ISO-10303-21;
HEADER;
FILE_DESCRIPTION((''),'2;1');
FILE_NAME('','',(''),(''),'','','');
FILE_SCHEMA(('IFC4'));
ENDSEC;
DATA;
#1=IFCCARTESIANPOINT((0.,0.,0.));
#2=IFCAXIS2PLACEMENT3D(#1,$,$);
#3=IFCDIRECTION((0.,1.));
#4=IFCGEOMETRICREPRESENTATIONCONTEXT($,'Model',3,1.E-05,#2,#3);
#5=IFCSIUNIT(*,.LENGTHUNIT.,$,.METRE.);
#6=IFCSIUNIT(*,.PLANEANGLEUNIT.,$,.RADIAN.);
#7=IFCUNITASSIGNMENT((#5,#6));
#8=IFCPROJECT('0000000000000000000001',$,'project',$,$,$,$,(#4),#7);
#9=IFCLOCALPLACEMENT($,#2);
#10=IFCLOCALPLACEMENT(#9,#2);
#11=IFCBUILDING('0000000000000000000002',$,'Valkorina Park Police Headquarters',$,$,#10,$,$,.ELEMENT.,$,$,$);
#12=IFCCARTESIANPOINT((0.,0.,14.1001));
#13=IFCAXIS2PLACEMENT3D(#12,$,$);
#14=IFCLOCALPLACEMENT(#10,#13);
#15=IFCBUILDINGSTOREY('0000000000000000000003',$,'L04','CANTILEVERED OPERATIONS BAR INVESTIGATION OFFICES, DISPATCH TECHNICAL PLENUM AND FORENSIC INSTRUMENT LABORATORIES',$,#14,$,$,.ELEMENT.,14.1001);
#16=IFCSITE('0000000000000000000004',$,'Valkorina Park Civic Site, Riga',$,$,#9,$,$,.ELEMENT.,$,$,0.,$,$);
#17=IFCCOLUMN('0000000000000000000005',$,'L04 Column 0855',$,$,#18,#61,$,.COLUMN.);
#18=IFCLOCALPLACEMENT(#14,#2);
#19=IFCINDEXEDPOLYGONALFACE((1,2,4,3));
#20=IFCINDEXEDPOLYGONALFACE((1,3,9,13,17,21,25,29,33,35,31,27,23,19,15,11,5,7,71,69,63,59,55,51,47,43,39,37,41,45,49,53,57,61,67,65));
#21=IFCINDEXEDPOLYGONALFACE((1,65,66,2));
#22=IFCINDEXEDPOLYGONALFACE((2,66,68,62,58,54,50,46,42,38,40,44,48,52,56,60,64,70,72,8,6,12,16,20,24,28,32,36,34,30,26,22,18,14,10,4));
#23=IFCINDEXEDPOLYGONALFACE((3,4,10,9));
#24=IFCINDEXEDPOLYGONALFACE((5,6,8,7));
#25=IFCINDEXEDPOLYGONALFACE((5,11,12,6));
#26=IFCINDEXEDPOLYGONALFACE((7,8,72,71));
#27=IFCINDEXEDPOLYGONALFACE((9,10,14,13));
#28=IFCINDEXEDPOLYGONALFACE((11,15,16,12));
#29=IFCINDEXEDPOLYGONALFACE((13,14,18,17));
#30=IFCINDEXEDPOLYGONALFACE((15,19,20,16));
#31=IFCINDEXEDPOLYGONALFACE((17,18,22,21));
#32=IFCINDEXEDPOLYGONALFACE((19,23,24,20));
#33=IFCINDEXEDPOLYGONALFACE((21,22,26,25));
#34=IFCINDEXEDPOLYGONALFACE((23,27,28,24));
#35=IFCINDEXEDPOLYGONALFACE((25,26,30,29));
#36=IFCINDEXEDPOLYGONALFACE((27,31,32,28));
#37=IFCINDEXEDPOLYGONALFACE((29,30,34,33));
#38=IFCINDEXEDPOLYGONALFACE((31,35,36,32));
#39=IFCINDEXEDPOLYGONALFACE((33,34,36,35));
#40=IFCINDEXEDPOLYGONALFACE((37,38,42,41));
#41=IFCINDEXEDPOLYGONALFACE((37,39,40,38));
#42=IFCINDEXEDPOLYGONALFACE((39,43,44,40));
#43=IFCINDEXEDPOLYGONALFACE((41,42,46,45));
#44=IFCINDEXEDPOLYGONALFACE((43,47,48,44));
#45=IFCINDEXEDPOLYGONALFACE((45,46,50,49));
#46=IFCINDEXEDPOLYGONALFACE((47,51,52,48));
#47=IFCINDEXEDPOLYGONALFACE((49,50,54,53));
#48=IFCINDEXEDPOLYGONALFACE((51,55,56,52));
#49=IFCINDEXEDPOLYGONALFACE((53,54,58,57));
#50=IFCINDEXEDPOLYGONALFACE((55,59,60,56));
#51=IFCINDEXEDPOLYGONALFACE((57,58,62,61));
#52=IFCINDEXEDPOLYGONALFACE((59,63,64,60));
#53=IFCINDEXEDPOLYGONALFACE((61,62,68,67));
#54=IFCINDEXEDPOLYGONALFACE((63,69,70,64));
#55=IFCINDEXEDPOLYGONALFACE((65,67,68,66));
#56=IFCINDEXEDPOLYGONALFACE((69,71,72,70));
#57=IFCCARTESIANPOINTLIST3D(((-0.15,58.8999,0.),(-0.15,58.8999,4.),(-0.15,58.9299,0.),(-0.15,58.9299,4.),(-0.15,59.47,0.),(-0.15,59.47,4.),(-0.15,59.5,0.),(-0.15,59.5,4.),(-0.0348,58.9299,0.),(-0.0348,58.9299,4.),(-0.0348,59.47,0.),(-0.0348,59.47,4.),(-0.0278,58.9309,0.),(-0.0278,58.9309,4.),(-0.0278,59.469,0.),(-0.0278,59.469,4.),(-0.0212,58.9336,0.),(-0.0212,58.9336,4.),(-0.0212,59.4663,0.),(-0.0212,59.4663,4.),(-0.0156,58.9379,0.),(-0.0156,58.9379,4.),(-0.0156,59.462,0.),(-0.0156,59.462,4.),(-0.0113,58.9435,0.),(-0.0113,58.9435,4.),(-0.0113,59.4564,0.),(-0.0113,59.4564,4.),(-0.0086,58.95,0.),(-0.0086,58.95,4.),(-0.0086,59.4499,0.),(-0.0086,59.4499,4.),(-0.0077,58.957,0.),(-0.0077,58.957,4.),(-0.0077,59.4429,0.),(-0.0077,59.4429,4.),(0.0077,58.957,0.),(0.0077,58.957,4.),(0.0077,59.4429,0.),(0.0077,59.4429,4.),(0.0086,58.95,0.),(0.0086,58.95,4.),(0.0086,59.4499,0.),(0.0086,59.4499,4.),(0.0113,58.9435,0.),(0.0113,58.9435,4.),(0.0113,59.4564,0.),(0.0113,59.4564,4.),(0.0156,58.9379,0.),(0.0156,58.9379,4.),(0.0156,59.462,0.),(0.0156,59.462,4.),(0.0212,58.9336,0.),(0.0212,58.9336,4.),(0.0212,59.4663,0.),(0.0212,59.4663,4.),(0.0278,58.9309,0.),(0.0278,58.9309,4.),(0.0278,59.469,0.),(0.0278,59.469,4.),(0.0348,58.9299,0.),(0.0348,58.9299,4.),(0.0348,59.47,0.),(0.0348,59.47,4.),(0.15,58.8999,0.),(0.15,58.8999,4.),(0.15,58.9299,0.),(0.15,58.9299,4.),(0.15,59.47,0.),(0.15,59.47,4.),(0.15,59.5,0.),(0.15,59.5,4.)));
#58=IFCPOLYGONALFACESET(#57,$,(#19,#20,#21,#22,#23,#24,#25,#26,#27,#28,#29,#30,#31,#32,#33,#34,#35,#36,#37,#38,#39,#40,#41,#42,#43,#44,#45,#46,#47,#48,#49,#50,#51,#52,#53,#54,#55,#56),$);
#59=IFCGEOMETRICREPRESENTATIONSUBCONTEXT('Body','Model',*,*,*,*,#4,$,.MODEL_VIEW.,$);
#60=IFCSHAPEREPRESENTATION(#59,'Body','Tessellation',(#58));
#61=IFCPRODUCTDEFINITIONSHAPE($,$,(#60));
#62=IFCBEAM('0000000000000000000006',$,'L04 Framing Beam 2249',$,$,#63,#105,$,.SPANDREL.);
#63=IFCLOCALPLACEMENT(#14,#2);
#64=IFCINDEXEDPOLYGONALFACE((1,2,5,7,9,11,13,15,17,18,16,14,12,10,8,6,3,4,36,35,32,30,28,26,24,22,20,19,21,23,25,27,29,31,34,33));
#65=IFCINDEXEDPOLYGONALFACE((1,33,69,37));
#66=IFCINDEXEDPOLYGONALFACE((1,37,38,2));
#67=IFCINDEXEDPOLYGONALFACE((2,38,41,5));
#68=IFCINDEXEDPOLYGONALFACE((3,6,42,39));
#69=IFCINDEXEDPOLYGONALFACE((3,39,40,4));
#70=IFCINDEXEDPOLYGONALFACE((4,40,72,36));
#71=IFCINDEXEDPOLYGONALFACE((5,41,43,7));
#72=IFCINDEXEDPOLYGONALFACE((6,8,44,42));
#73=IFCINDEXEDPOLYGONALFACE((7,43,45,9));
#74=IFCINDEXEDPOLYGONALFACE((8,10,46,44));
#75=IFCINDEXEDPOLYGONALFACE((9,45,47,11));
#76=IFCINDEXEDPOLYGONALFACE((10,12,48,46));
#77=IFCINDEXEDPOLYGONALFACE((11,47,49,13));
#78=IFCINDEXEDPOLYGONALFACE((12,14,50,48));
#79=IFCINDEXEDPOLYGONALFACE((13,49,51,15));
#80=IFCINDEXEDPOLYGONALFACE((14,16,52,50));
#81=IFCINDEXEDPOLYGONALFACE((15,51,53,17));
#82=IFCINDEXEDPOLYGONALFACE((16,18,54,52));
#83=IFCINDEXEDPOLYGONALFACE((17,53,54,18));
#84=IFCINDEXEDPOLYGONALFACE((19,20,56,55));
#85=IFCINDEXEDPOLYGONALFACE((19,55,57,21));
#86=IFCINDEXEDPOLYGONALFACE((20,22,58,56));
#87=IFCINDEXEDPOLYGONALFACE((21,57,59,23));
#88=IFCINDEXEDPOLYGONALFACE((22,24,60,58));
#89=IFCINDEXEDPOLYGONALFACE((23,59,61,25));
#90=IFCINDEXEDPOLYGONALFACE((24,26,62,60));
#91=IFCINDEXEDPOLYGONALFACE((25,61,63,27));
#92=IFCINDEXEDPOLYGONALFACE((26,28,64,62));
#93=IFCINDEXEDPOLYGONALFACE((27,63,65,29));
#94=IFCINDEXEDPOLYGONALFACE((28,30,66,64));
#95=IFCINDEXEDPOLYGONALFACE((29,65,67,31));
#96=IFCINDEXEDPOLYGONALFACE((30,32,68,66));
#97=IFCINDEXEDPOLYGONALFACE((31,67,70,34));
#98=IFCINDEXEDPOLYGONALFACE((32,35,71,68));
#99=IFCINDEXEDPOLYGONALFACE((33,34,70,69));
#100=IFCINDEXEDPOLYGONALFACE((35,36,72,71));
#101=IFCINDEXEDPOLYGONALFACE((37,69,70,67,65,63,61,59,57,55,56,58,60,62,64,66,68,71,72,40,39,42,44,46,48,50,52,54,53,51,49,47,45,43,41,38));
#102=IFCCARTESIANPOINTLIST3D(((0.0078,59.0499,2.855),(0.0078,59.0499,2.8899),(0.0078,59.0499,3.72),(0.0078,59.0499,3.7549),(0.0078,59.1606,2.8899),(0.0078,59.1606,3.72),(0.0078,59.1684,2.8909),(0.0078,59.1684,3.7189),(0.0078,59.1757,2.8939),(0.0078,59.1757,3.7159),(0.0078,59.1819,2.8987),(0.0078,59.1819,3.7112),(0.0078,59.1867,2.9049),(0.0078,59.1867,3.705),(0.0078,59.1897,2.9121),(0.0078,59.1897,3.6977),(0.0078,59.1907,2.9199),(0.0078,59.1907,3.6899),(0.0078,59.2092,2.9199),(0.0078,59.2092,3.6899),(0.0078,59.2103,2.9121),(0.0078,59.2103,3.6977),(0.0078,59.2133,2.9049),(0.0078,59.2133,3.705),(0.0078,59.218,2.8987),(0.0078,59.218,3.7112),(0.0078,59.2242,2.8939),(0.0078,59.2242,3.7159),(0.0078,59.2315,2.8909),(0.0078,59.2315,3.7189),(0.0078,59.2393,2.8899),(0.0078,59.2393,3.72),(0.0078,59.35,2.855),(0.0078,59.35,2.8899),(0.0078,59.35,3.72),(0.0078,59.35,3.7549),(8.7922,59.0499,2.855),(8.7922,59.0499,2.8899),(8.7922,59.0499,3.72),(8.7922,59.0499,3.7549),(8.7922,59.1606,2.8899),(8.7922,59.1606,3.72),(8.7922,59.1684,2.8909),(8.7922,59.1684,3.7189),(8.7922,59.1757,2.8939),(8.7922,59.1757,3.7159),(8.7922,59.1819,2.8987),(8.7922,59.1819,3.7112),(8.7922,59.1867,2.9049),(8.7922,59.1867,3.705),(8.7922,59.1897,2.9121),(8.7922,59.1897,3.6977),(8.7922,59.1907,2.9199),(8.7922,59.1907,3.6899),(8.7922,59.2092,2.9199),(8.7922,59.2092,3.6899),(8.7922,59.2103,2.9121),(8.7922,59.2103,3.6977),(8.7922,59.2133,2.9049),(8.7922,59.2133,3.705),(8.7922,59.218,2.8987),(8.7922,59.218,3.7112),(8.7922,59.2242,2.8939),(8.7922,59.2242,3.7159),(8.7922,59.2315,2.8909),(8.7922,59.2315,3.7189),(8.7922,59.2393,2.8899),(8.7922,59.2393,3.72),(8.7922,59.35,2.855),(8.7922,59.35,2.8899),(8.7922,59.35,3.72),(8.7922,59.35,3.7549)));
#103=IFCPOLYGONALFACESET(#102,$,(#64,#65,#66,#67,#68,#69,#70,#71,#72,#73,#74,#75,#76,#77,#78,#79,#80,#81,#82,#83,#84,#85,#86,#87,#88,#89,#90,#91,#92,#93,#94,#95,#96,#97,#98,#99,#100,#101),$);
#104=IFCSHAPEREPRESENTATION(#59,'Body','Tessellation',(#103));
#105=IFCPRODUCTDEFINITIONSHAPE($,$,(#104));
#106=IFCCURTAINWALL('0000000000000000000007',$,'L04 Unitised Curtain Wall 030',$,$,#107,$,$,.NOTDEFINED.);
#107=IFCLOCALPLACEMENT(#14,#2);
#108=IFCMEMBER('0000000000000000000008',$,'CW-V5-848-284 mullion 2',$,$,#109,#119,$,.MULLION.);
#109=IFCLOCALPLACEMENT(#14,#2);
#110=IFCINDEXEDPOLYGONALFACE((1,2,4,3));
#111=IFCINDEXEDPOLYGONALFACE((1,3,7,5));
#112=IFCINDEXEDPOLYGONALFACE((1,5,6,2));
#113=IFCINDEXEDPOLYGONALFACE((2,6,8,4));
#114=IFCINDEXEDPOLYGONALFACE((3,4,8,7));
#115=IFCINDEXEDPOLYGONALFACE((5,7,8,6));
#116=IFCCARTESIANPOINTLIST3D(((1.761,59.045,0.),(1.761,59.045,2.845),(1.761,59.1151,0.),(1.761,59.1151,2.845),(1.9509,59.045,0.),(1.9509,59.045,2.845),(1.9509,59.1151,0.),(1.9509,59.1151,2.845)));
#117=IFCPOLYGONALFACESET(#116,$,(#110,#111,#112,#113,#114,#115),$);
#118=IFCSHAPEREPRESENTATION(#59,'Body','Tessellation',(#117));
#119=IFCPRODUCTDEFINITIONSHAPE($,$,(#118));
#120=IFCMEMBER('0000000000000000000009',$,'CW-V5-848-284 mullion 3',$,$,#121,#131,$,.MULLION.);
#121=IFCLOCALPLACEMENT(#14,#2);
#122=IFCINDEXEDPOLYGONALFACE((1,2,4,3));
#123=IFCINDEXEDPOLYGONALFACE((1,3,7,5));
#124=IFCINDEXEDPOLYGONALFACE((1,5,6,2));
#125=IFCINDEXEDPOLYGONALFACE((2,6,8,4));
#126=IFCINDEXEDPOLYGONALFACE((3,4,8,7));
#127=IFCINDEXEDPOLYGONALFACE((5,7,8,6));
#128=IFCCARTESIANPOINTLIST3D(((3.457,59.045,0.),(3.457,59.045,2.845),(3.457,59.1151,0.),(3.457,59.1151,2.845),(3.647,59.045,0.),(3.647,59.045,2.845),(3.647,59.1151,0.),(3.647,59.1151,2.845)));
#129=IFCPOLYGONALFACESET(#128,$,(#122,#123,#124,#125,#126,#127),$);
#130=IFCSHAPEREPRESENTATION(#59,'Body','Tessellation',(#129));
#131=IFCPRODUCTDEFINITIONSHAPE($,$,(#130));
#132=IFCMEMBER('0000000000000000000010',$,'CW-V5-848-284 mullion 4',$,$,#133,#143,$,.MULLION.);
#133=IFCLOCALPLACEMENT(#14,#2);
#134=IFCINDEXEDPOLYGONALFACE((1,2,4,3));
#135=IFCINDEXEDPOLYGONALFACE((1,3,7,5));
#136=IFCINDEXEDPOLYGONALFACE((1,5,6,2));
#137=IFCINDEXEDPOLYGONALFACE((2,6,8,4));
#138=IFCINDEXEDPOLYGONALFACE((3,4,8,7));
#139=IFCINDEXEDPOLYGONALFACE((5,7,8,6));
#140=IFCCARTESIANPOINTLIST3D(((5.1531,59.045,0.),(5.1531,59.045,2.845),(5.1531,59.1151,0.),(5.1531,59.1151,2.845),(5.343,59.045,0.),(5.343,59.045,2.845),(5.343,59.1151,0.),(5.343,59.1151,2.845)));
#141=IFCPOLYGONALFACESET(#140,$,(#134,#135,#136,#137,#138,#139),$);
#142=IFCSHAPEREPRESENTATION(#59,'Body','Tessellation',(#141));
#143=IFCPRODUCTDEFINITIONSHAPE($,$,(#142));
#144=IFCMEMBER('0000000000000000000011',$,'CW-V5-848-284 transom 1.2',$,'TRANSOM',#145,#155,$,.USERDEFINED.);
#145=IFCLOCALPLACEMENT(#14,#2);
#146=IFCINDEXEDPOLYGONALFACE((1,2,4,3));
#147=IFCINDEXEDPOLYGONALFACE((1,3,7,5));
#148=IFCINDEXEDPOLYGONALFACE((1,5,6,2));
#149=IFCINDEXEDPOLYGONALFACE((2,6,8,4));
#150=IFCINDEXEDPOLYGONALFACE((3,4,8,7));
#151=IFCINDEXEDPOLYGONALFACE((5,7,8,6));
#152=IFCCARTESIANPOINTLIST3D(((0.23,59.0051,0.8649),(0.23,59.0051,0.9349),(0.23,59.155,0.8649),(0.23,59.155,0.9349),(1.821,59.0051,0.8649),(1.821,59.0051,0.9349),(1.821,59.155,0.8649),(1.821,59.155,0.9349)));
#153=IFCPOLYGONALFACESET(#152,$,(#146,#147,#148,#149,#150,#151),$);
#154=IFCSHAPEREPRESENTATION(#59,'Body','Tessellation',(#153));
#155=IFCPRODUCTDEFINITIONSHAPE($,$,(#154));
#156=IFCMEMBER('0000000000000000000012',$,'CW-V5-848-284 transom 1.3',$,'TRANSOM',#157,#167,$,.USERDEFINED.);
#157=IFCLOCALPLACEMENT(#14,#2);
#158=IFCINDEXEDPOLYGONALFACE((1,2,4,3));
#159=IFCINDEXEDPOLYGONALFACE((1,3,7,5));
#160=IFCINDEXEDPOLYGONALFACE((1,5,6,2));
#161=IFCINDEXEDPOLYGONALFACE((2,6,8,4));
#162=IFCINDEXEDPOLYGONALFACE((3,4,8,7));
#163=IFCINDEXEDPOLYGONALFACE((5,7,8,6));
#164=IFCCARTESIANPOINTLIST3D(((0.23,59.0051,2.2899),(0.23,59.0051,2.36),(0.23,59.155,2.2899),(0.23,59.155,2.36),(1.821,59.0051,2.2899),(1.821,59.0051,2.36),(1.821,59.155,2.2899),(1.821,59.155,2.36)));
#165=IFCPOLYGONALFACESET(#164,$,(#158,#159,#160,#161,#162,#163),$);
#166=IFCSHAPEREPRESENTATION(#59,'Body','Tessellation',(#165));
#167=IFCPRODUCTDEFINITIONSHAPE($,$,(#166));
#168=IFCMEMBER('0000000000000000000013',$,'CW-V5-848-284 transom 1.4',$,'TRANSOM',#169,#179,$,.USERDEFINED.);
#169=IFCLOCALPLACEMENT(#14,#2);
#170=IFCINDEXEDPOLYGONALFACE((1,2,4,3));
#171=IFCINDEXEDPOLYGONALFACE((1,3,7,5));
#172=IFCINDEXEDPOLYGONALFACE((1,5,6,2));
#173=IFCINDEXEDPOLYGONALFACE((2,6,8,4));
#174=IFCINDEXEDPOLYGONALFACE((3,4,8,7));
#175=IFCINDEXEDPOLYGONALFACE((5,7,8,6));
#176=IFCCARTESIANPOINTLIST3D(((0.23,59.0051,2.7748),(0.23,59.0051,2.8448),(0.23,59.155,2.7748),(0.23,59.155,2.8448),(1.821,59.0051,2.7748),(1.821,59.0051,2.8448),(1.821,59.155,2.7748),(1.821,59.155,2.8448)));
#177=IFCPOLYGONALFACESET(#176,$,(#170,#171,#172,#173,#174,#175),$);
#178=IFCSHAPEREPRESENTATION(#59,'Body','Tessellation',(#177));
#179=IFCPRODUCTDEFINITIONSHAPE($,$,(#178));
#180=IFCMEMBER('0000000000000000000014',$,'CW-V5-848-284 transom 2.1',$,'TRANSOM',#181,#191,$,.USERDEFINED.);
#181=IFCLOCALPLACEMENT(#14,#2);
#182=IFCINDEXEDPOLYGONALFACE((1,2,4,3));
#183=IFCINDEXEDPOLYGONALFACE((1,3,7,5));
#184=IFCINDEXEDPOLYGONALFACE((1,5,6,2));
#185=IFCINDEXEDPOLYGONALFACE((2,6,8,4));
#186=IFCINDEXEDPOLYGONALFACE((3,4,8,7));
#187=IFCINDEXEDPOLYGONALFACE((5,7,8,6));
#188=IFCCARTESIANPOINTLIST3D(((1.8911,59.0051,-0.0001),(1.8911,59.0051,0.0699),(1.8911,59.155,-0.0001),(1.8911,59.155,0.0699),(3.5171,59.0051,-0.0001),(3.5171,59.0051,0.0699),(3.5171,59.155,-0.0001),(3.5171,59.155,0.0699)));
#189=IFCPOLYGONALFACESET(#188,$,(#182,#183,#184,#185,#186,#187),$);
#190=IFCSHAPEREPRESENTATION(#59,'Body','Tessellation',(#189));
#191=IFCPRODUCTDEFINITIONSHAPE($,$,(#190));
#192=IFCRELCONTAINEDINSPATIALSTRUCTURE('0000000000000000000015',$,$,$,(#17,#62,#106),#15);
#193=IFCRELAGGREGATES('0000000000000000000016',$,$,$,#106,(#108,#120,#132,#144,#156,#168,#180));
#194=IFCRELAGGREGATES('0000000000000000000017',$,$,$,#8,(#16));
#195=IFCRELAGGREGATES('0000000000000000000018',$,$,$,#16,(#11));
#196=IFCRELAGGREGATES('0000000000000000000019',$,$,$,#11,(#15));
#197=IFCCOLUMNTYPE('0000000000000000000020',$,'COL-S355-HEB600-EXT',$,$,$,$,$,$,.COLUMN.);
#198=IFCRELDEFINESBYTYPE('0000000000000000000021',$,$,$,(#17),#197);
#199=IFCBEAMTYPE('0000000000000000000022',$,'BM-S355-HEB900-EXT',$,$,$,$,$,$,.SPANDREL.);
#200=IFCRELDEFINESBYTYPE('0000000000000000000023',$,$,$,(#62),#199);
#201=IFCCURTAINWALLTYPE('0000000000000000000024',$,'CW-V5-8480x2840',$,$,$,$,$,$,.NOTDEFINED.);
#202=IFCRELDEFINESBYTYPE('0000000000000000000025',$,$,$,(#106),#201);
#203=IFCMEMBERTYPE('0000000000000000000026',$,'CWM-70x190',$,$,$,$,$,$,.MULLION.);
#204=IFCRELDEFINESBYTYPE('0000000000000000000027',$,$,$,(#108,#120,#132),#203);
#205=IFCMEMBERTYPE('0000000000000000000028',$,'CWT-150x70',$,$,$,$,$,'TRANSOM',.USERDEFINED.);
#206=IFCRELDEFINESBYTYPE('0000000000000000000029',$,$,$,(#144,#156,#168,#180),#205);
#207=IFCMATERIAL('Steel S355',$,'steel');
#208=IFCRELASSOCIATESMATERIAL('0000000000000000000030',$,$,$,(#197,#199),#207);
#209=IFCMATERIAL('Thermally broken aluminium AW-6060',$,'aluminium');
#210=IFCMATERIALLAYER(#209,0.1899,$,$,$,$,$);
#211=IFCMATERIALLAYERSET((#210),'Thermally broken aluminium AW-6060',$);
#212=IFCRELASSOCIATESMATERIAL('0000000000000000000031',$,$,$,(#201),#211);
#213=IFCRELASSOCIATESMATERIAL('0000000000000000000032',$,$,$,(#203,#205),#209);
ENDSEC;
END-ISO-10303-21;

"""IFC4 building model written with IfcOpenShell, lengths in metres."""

from ifc_helpers import new_model, si_unit, direction, frame, origin, origin_2d, place, context, subcontext, project, spatial, rectangle, i_section, extrude, material, layer, layer_set, material_profile, profile_set, type_object, element, aggregate, save


model = new_model("IFC4")

# Units and contexts
model_context = context("Model", 3, precision=1e-05, world=origin(), true_north=direction((0.0, 1.0)))
body_context = subcontext(model_context, "Body", "Model", "MODEL_VIEW")
ifc_project = project(units=[si_unit("LENGTHUNIT", "METRE"), si_unit("PLANEANGLEUNIT", "RADIAN")], contexts=[model_context])

# Site, building, storey
site_placement = place(None, origin())
site = spatial("IfcSite", under=ifc_project, at=site_placement, Name="Valkorina Park Civic Site, Riga", CompositionType="ELEMENT", RefElevation=0.0)
building_placement = place(site_placement, origin())
building = spatial("IfcBuilding", under=site, at=building_placement, Name="Valkorina Park Police Headquarters", CompositionType="ELEMENT")
storey_placement = place(building_placement, frame((0.0, 0.0, 14.1001)))
storey = spatial("IfcBuildingStorey", under=building, at=storey_placement, Name="L04", Description="CANTILEVERED OPERATIONS BAR INVESTIGATION OFFICES, DISPATCH TECHNICAL PLENUM AND FORENSIC INSTRUMENT LABORATORIES", CompositionType="ELEMENT", Elevation=14.1001)

# Column
ifc_material_1 = material(Name="Steel S355", Category="steel")
ifc_material_profile_1 = material_profile(ifc_material_1, i_section(OverallWidth=0.3, OverallDepth=0.6001, WebThickness=0.0154, FlangeThickness=0.03, FilletRadius=0.0271, at=origin_2d()), Name="HEB 600")
ifc_profile_set_1 = profile_set([ifc_material_profile_1], Name="Steel S355")
column_type = type_object("IfcColumnType", Name="COL-S355-HEB600-EXT", PredefinedType="COLUMN", material=ifc_profile_set_1)
column_placement = place(storey_placement, frame((0.0, 59.2, 0.0), z_axis=(0.0, 0.0, 1.0), x_axis=(1.0, 0.0, 0.0)))
element("IfcColumn", 1, at=column_placement, inside=storey, type_object=column_type, Name="L04 Column 0855", PredefinedType="COLUMN", context=body_context, shape_type="SweptSolid", body=[
    extrude(i_section(OverallWidth=0.3, OverallDepth=0.6001, WebThickness=0.0154, FlangeThickness=0.03, FilletRadius=0.0271, at=origin_2d()), origin(), (0.0, 0.0, 1.0), 4.0),
])

# Beam
ifc_material_profile_2 = material_profile(ifc_material_1, i_section(OverallWidth=0.3, OverallDepth=0.8999, WebThickness=0.0186, FlangeThickness=0.0349, FilletRadius=0.03, at=origin_2d()), Name="HEB 900")
ifc_profile_set_2 = profile_set([ifc_material_profile_2], Name="Steel S355")
beam_type = type_object("IfcBeamType", Name="BM-S355-HEB900-EXT", PredefinedType="SPANDREL", material=ifc_profile_set_2)
beam_placement = place(storey_placement, frame((0.0078, 59.2, 3.3049), z_axis=(1.0, 0.0, 0.0), x_axis=(0.0, 1.0, 0.0)))
element("IfcBeam", 2, at=beam_placement, inside=storey, type_object=beam_type, Name="L04 Framing Beam 2249", PredefinedType="SPANDREL", context=body_context, shape_type="SweptSolid", body=[
    extrude(i_section(OverallWidth=0.3, OverallDepth=0.8999, WebThickness=0.0186, FlangeThickness=0.0349, FilletRadius=0.03, at=origin_2d()), origin(), (0.0, 0.0, 1.0), 8.7844),
])

# Curtain wall, members
ifc_material_2 = material(Name="Thermally broken aluminium AW-6060", Category="aluminium")
ifc_layer_1 = layer(ifc_material_2, 0.1899)
ifc_layer_set_1 = layer_set([ifc_layer_1], Name="Thermally broken aluminium AW-6060")
curtain_wall_type = type_object("IfcCurtainWallType", Name="CW-V5-8480x2840", PredefinedType="NOTDEFINED", material=ifc_layer_set_1)
curtain_wall_placement = place(storey_placement, origin())
curtain_wall = element("IfcCurtainWall", 3, at=curtain_wall_placement, inside=storey, type_object=curtain_wall_type, Name="L04 Unitised Curtain Wall 030", PredefinedType="NOTDEFINED")
ifc_material_profile_3 = material_profile(ifc_material_2, rectangle(XDim=0.0701, YDim=0.1899, at=origin_2d()), Name="CWM-02 70x190")
ifc_profile_set_3 = profile_set([ifc_material_profile_3], Name="Thermally broken aluminium AW-6060")
member_type_1 = type_object("IfcMemberType", Name="CWM-70x190", PredefinedType="MULLION", material=ifc_profile_set_3)
member_1_placement = place(storey_placement, frame((1.856, 59.0801, 0.0), z_axis=(0.0, 0.0, 1.0), x_axis=(0.0, 1.0, 0.0)))
member_1 = element("IfcMember", 4, at=member_1_placement, type_object=member_type_1, Name="CW-V5-848-284 mullion 2", PredefinedType="MULLION", context=body_context, shape_type="SweptSolid", body=[
    extrude(rectangle(XDim=0.0701, YDim=0.1899, at=origin_2d()), origin(), (0.0, 0.0, 1.0), 2.845),
])
member_2_placement = place(storey_placement, frame((3.552, 59.0801, 0.0), z_axis=(0.0, 0.0, 1.0), x_axis=(0.0, 1.0, 0.0)))
member_2 = element("IfcMember", 5, at=member_2_placement, type_object=member_type_1, Name="CW-V5-848-284 mullion 3", PredefinedType="MULLION", context=body_context, shape_type="SweptSolid", body=[
    extrude(rectangle(XDim=0.0701, YDim=0.1899, at=origin_2d()), origin(), (0.0, 0.0, 1.0), 2.845),
])
member_3_placement = place(storey_placement, frame((5.248, 59.0801, 0.0), z_axis=(0.0, 0.0, 1.0), x_axis=(0.0, 1.0, 0.0)))
member_3 = element("IfcMember", 6, at=member_3_placement, type_object=member_type_1, Name="CW-V5-848-284 mullion 4", PredefinedType="MULLION", context=body_context, shape_type="SweptSolid", body=[
    extrude(rectangle(XDim=0.0701, YDim=0.1899, at=origin_2d()), origin(), (0.0, 0.0, 1.0), 2.845),
])
ifc_material_profile_4 = material_profile(ifc_material_2, rectangle(XDim=0.1499, YDim=0.0701, at=origin_2d()), Name="CWT-02 150x70")
ifc_profile_set_4 = profile_set([ifc_material_profile_4], Name="Thermally broken aluminium AW-6060")
member_type_2 = type_object("IfcMemberType", Name="CWT-150x70", ElementType="TRANSOM", PredefinedType="USERDEFINED", material=ifc_profile_set_4)
member_4_placement = place(storey_placement, frame((0.23, 59.0801, 0.8999), z_axis=(1.0, 0.0, 0.0), x_axis=(0.0, 1.0, 0.0)))
member_4 = element("IfcMember", 7, at=member_4_placement, type_object=member_type_2, Name="CW-V5-848-284 transom 1.2", ObjectType="TRANSOM", PredefinedType="USERDEFINED", context=body_context, shape_type="SweptSolid", body=[
    extrude(rectangle(XDim=0.1499, YDim=0.0701, at=origin_2d()), origin(), (0.0, 0.0, 1.0), 1.5911),
])
member_5_placement = place(storey_placement, frame((0.23, 59.0801, 2.325), z_axis=(1.0, 0.0, 0.0), x_axis=(0.0, 1.0, 0.0)))
member_5 = element("IfcMember", 8, at=member_5_placement, type_object=member_type_2, Name="CW-V5-848-284 transom 1.3", ObjectType="TRANSOM", PredefinedType="USERDEFINED", context=body_context, shape_type="SweptSolid", body=[
    extrude(rectangle(XDim=0.1499, YDim=0.0701, at=origin_2d()), origin(), (0.0, 0.0, 1.0), 1.5911),
])
member_6_placement = place(storey_placement, frame((0.23, 59.0801, 2.8098), z_axis=(1.0, 0.0, 0.0), x_axis=(0.0, 1.0, 0.0)))
member_6 = element("IfcMember", 9, at=member_6_placement, type_object=member_type_2, Name="CW-V5-848-284 transom 1.4", ObjectType="TRANSOM", PredefinedType="USERDEFINED", context=body_context, shape_type="SweptSolid", body=[
    extrude(rectangle(XDim=0.1499, YDim=0.0701, at=origin_2d()), origin(), (0.0, 0.0, 1.0), 1.5911),
])
member_7_placement = place(storey_placement, frame((1.8911, 59.0801, 0.0349), z_axis=(1.0, 0.0, 0.0), x_axis=(0.0, 1.0, 0.0)))
member_7 = element("IfcMember", 10, at=member_7_placement, type_object=member_type_2, Name="CW-V5-848-284 transom 2.1", ObjectType="TRANSOM", PredefinedType="USERDEFINED", context=body_context, shape_type="SweptSolid", body=[
    extrude(rectangle(XDim=0.1499, YDim=0.0701, at=origin_2d()), origin(), (0.0, 0.0, 1.0), 1.626),
])
aggregate(curtain_wall, [member_1, member_2, member_3, member_4, member_5, member_6, member_7])

save(model, "model.ifc")
